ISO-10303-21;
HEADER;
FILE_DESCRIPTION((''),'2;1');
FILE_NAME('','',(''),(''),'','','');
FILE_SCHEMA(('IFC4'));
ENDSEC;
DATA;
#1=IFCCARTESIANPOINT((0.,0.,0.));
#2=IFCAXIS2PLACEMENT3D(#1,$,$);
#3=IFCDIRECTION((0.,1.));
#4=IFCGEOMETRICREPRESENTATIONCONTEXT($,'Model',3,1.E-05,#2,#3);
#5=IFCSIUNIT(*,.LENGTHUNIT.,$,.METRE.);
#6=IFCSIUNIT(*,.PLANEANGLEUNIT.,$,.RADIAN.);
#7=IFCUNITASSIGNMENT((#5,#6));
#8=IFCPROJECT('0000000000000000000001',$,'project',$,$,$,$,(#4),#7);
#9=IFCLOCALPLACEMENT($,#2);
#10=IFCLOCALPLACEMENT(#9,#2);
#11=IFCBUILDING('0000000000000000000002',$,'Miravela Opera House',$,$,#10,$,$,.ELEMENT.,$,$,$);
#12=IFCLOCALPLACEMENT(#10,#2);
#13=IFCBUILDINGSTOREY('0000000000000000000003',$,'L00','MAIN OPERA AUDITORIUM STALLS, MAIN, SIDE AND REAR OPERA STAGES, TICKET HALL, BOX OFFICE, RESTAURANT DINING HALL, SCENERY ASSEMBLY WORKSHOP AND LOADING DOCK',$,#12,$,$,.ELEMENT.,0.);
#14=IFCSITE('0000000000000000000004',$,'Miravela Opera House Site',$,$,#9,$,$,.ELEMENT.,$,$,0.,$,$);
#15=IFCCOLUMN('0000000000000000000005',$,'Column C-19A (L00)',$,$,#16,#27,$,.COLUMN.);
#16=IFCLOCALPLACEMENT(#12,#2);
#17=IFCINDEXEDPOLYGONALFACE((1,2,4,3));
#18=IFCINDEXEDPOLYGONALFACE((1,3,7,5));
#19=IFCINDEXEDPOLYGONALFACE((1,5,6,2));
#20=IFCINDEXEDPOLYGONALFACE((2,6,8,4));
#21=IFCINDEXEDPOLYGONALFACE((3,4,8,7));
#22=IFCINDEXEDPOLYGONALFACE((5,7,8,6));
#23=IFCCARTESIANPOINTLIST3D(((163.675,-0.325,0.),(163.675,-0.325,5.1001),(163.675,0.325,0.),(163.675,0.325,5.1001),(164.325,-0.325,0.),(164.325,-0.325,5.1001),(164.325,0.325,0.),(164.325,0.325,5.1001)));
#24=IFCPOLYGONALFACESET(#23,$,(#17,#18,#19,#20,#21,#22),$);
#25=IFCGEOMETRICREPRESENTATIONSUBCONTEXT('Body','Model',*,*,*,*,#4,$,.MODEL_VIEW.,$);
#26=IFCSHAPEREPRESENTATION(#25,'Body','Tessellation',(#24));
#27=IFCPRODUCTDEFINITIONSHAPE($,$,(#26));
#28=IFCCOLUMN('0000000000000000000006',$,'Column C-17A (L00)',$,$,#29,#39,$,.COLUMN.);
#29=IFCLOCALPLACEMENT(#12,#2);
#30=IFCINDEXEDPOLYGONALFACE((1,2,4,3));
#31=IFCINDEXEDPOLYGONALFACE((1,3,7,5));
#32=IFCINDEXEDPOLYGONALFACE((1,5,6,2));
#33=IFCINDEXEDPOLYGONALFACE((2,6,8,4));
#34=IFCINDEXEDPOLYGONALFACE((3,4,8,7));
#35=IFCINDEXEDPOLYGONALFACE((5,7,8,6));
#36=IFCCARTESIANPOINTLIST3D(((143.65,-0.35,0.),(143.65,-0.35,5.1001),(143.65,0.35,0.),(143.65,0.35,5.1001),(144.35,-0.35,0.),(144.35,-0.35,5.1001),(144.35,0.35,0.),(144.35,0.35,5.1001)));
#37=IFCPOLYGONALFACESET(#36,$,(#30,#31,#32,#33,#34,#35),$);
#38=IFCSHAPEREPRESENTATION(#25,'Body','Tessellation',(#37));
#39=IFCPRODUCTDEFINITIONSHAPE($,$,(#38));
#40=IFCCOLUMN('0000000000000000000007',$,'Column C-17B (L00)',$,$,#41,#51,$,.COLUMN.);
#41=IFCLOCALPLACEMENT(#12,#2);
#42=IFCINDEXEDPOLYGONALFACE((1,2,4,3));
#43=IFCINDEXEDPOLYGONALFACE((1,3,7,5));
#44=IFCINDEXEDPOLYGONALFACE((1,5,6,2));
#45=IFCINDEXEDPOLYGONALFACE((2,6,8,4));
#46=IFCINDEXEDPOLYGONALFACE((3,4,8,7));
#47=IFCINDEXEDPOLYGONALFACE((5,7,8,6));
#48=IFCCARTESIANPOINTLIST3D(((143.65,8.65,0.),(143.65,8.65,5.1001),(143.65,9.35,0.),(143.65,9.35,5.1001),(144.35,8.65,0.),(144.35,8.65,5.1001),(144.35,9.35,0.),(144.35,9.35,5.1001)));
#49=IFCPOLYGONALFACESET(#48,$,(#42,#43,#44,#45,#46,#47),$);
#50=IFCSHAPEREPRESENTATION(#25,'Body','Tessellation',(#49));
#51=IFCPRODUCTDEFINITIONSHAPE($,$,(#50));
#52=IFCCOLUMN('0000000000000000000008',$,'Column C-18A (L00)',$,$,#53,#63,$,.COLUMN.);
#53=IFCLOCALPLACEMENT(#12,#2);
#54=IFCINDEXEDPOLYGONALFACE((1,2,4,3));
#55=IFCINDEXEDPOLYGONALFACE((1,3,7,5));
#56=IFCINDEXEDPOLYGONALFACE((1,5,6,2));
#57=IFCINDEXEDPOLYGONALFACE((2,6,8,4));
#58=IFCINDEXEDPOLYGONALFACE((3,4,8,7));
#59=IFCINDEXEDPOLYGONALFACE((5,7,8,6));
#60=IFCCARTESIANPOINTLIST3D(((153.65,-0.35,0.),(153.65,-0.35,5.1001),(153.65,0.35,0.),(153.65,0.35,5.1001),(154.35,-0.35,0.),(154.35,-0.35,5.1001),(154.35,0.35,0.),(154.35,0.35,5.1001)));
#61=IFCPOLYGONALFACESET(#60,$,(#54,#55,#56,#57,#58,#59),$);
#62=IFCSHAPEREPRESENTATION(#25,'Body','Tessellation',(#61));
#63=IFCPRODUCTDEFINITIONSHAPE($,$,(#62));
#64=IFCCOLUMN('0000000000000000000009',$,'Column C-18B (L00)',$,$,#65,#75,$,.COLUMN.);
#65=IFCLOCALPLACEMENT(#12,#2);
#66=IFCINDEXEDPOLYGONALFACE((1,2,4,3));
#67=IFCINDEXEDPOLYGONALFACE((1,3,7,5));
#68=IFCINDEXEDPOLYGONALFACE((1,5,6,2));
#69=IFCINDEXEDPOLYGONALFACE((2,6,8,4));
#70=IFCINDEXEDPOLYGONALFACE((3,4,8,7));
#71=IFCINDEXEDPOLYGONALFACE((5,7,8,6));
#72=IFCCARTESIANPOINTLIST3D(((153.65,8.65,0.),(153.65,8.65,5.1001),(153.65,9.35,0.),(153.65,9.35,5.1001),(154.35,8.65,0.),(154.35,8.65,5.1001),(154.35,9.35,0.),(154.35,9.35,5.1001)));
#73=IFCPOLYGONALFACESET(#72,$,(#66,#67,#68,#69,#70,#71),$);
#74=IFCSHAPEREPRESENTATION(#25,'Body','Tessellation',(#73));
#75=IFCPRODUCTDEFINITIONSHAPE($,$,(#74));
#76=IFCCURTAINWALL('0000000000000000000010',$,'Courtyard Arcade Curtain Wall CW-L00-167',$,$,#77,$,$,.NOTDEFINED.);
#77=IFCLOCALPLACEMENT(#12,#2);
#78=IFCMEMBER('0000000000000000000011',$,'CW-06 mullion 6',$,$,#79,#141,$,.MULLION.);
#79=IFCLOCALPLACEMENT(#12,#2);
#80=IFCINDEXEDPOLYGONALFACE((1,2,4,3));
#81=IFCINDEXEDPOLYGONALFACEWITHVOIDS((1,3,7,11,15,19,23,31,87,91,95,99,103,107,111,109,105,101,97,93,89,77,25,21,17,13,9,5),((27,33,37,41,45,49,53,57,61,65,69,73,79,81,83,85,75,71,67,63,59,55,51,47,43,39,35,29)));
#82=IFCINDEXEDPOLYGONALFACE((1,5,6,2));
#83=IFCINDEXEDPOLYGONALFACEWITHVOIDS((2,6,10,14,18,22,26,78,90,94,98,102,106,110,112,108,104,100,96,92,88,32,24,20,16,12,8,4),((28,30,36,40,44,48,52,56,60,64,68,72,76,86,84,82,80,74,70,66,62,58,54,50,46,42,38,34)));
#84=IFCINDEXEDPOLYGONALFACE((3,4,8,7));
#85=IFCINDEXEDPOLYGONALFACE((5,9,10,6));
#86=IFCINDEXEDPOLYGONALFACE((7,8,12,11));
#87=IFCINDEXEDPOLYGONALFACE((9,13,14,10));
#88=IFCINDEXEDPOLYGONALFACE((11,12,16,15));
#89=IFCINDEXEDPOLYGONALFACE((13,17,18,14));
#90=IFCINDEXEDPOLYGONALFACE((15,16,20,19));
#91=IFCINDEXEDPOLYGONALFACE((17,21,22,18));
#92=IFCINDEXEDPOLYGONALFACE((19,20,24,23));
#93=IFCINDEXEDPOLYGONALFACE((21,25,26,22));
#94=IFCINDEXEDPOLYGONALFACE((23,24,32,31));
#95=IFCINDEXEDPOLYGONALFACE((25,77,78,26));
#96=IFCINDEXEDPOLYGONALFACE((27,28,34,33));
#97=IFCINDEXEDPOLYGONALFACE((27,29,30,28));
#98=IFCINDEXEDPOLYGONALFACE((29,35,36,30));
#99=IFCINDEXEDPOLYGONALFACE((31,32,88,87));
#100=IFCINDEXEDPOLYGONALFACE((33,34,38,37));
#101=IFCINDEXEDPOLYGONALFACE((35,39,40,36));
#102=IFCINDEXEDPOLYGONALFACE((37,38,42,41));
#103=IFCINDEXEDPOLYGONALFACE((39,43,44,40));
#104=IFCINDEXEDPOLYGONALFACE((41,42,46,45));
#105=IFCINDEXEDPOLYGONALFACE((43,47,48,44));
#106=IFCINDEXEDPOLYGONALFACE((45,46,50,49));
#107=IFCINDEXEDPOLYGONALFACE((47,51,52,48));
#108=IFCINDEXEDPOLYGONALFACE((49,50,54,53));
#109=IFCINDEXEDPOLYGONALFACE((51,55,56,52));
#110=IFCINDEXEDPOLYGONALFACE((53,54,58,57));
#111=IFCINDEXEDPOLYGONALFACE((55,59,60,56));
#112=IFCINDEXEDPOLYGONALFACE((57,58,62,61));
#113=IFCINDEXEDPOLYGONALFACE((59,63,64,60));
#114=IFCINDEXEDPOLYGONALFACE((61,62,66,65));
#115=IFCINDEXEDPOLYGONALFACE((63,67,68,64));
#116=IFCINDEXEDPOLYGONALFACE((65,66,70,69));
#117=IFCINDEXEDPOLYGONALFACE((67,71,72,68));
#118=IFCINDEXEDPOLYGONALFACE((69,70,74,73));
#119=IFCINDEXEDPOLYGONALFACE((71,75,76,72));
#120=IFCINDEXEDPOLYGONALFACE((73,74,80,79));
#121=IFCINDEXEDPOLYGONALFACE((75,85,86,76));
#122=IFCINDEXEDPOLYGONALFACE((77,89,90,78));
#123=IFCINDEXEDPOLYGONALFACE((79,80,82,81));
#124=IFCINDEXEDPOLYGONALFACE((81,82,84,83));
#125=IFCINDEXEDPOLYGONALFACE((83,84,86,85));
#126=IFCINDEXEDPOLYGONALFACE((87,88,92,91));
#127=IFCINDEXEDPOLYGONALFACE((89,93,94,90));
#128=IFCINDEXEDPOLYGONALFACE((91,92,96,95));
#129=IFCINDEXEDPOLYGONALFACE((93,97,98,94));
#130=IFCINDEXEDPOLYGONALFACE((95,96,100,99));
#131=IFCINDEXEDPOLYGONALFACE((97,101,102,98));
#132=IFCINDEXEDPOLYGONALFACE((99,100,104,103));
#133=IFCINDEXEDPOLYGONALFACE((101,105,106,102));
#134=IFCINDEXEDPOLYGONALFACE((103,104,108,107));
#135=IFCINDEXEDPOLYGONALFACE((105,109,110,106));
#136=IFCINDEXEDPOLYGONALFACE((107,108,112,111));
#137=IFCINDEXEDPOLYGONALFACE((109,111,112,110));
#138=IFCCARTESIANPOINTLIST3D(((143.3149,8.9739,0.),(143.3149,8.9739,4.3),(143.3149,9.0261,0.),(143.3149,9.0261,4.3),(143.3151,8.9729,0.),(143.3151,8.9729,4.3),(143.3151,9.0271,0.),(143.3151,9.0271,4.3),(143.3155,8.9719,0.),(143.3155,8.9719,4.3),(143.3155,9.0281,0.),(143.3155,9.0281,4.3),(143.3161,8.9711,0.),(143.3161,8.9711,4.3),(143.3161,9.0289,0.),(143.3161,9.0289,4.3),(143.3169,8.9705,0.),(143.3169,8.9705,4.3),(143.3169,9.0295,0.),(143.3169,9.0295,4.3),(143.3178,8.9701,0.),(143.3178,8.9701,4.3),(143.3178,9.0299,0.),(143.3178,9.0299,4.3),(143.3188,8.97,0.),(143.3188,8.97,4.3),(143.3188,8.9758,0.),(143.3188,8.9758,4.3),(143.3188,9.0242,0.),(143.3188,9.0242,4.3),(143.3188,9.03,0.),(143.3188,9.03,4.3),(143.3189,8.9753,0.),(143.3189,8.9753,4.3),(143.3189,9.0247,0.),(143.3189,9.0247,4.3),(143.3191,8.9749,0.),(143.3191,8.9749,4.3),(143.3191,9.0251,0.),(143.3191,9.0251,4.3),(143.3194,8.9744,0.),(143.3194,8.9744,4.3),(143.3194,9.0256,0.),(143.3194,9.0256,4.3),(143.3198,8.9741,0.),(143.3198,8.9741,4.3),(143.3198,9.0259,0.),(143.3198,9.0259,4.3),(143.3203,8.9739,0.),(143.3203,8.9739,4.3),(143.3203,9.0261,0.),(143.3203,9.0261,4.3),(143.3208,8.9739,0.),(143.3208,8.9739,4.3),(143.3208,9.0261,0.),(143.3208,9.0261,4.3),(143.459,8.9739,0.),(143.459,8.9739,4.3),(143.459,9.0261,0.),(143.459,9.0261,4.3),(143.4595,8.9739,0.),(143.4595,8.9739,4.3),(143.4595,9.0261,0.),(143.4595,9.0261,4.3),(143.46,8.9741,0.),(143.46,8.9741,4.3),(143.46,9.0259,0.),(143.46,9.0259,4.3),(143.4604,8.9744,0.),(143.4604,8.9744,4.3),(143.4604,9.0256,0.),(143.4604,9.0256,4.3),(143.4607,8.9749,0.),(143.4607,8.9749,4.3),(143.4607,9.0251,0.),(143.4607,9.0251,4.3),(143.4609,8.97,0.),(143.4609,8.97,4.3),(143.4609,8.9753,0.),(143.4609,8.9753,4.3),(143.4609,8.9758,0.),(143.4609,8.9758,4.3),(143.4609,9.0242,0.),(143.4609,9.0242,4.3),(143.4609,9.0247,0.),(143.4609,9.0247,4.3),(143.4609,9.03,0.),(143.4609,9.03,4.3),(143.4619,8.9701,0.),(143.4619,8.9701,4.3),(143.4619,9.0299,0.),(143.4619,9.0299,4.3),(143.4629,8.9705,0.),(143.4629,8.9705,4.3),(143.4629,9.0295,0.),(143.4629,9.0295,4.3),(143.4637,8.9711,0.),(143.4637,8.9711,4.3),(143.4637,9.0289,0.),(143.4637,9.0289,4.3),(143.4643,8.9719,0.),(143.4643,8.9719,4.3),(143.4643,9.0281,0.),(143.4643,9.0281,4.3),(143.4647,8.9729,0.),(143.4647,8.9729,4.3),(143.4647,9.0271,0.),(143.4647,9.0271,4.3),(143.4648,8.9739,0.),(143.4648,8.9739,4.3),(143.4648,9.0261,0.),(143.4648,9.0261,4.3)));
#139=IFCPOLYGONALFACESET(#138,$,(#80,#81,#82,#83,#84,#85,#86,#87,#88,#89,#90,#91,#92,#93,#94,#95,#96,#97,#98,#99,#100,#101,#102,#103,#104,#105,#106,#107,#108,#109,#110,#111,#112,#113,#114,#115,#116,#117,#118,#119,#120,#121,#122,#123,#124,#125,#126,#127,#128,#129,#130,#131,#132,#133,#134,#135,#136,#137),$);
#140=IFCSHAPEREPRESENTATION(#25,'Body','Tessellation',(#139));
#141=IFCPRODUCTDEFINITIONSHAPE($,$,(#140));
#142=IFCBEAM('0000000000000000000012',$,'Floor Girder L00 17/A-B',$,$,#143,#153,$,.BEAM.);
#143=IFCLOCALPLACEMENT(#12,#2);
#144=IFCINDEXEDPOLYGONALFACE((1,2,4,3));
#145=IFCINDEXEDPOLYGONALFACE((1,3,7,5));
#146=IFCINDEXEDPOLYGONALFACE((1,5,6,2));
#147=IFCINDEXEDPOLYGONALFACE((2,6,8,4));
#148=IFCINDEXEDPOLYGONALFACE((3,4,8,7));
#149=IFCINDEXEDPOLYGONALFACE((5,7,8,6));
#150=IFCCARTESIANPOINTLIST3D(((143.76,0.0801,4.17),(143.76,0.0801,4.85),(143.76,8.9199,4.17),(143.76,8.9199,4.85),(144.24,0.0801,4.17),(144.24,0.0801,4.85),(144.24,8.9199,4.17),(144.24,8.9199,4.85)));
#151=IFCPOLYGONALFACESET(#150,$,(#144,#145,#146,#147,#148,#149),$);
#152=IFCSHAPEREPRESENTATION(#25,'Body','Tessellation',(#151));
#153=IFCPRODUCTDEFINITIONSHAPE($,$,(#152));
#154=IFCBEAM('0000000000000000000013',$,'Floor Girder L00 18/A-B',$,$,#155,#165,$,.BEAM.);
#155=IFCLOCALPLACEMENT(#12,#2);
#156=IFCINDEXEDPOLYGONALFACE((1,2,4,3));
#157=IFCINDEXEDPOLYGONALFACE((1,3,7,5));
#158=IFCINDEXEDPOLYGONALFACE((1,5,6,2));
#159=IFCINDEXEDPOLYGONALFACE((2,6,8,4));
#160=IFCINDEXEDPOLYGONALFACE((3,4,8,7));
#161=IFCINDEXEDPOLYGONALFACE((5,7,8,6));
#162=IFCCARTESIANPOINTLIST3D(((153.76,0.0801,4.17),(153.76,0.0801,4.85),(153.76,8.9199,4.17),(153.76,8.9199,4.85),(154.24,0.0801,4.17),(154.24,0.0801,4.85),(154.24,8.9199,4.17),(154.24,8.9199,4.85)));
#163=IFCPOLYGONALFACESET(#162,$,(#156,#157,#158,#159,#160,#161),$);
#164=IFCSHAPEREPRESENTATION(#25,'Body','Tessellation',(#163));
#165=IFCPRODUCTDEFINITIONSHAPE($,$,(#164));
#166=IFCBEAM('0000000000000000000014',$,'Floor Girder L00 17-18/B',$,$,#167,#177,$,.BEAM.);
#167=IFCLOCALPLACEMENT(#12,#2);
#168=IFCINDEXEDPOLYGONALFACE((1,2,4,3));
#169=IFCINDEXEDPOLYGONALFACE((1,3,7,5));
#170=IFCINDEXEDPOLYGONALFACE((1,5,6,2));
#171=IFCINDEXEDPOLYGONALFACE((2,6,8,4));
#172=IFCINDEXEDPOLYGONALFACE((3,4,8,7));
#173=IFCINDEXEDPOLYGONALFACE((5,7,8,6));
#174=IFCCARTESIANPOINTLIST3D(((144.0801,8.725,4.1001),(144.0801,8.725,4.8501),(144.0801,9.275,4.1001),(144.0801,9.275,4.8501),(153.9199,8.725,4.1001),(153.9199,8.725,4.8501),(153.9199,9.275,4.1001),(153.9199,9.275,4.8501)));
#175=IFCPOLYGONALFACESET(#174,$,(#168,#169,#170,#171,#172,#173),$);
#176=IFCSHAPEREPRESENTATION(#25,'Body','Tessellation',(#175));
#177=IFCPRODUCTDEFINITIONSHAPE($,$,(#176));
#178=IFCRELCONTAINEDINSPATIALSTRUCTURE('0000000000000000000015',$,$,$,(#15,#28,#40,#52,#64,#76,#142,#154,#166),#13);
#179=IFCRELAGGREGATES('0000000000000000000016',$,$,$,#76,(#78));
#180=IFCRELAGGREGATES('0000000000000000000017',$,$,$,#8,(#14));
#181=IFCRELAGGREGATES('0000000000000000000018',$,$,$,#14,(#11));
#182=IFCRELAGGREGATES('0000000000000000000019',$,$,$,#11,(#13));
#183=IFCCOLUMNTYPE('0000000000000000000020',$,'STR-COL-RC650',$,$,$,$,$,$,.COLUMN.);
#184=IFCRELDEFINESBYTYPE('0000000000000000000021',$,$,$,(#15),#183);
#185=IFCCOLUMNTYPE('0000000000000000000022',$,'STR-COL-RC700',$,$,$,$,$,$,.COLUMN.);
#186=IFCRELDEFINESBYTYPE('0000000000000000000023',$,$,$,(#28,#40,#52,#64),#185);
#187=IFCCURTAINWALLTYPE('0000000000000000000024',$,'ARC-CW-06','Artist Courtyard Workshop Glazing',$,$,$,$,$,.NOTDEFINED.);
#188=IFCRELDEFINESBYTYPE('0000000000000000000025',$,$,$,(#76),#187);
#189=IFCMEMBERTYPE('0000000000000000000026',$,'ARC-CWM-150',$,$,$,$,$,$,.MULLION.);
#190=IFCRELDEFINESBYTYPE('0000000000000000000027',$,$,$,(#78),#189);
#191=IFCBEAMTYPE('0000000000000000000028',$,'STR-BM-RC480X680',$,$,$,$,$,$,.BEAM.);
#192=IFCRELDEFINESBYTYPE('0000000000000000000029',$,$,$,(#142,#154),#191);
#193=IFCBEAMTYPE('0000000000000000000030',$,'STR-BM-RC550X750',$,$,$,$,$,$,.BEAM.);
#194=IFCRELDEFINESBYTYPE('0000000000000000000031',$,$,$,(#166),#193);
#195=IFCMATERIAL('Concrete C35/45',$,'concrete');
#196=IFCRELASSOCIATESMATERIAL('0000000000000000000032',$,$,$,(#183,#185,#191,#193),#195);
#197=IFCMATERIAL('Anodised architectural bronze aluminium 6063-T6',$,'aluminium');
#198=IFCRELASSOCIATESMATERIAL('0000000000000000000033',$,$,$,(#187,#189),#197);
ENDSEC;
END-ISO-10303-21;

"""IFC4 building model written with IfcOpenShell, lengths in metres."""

from ifc_helpers import new_model, si_unit, direction, frame, origin, origin_2d, place, context, subcontext, project, spatial, rectangle, hollow_rectangle, extrude, material, material_profile, profile_set, type_object, element, aggregate, save


model = new_model("IFC4")

# Units and contexts
model_context = context("Model", 3, precision=1e-05, world=origin(), true_north=direction((0.0, 1.0)))
body_context = subcontext(model_context, "Body", "Model", "MODEL_VIEW")
ifc_project = project(units=[si_unit("LENGTHUNIT", "METRE"), si_unit("PLANEANGLEUNIT", "RADIAN")], contexts=[model_context])

# Site, building, storey
site_placement = place(None, origin())
site = spatial("IfcSite", under=ifc_project, at=site_placement, Name="Miravela Opera House Site", CompositionType="ELEMENT", RefElevation=0.0)
building_placement = place(site_placement, origin())
building = spatial("IfcBuilding", under=site, at=building_placement, Name="Miravela Opera House", CompositionType="ELEMENT")
storey_placement = place(building_placement, origin())
storey = spatial("IfcBuildingStorey", under=building, at=storey_placement, Name="L00", Description="MAIN OPERA AUDITORIUM STALLS, MAIN, SIDE AND REAR OPERA STAGES, TICKET HALL, BOX OFFICE, RESTAURANT DINING HALL, SCENERY ASSEMBLY WORKSHOP AND LOADING DOCK", CompositionType="ELEMENT", Elevation=0.0)

# Columns
ifc_material_1 = material(Name="Concrete C35/45", Category="concrete")
ifc_material_profile_1 = material_profile(ifc_material_1, rectangle(XDim=0.6499, YDim=0.6499, at=origin_2d()), Name="RC-COL-650X650")
ifc_profile_set_1 = profile_set([ifc_material_profile_1])
column_type_1 = type_object("IfcColumnType", Name="STR-COL-RC650", PredefinedType="COLUMN", material=ifc_profile_set_1)
column_placement = place(storey_placement, frame((164.0, 0.0, 0.0), z_axis=(0.0, 0.0, 1.0), x_axis=(1.0, 0.0, 0.0)))
element("IfcColumn", 1, at=column_placement, inside=storey, type_object=column_type_1, Name="Column C-19A (L00)", PredefinedType="COLUMN", context=body_context, shape_type="SweptSolid", body=[
    extrude(rectangle(XDim=0.6499, YDim=0.6499, at=origin_2d()), origin(), (0.0, 0.0, 1.0), 5.1001),
])
ifc_material_profile_2 = material_profile(ifc_material_1, rectangle(XDim=0.7, YDim=0.7, at=origin_2d()), Name="RC-COL-700X700")
ifc_profile_set_2 = profile_set([ifc_material_profile_2])
column_type_2 = type_object("IfcColumnType", Name="STR-COL-RC700", PredefinedType="COLUMN", material=ifc_profile_set_2)
for number, where, z_axis, x_axis, name in (
    (2, (144.0, 0.0, 0.0), (0.0, 0.0, 1.0), (1.0, 0.0, 0.0), "Column C-17A (L00)"),
    (3, (144.0, 9.0, 0.0), (0.0, 0.0, 1.0), (1.0, 0.0, 0.0), "Column C-17B (L00)"),
    (4, (154.0, 0.0, 0.0), (0.0, 0.0, 1.0), (1.0, 0.0, 0.0), "Column C-18A (L00)"),
    (5, (154.0, 9.0, 0.0), (0.0, 0.0, 1.0), (1.0, 0.0, 0.0), "Column C-18B (L00)"),
):
    element("IfcColumn", number, at=place(storey_placement, frame(where, z_axis=z_axis, x_axis=x_axis)), inside=storey, type_object=column_type_2, Name=name, PredefinedType="COLUMN", context=body_context, shape_type="SweptSolid", body=[
        extrude(rectangle(XDim=0.7, YDim=0.7, at=origin_2d()), origin(), (0.0, 0.0, 1.0), 5.1001),
    ])

# Curtain wall, member
ifc_material_2 = material(Name="Anodised architectural bronze aluminium 6063-T6", Category="aluminium")
curtain_wall_type = type_object("IfcCurtainWallType", Name="ARC-CW-06", Description="Artist Courtyard Workshop Glazing", PredefinedType="NOTDEFINED", material=ifc_material_2)
curtain_wall_placement = place(storey_placement, origin())
curtain_wall = element("IfcCurtainWall", 6, at=curtain_wall_placement, inside=storey, type_object=curtain_wall_type, Name="Courtyard Arcade Curtain Wall CW-L00-167", PredefinedType="NOTDEFINED")
ifc_material_profile_3 = material_profile(ifc_material_2, hollow_rectangle(XDim=0.0601, YDim=0.1499, WallThickness=0.0039, InnerFilletRadius=0.002, OuterFilletRadius=0.0039, at=origin_2d()), Name="CWM-60X150")
ifc_profile_set_3 = profile_set([ifc_material_profile_3])
member_type = type_object("IfcMemberType", Name="ARC-CWM-150", PredefinedType="MULLION", material=ifc_profile_set_3)
member_placement = place(storey_placement, frame((143.3899, 9.0, 0.0), z_axis=(0.0, 0.0, 1.0), x_axis=(0.0, 1.0, 0.0)))
member = element("IfcMember", 7, at=member_placement, type_object=member_type, Name="CW-06 mullion 6", PredefinedType="MULLION", context=body_context, shape_type="SweptSolid", body=[
    extrude(hollow_rectangle(XDim=0.0601, YDim=0.1499, WallThickness=0.0039, InnerFilletRadius=0.002, OuterFilletRadius=0.0039, at=origin_2d()), origin(), (0.0, 0.0, 1.0), 4.3),
])

# Beams
ifc_material_profile_4 = material_profile(ifc_material_1, rectangle(XDim=0.48, YDim=0.6799, at=origin_2d()), Name="RC-BM-480X680")
ifc_profile_set_4 = profile_set([ifc_material_profile_4])
beam_type_1 = type_object("IfcBeamType", Name="STR-BM-RC480X680", PredefinedType="BEAM", material=ifc_profile_set_4)
for number, where, z_axis, x_axis, name in (
    (8, (144.0, 0.0801, 4.51), (0.0, 1.0, 0.0), (-1.0, 0.0, 0.0), "Floor Girder L00 17/A-B"),
    (9, (154.0, 0.0801, 4.51), (0.0, 1.0, 0.0), (-1.0, 0.0, 0.0), "Floor Girder L00 18/A-B"),
):
    element("IfcBeam", number, at=place(storey_placement, frame(where, z_axis=z_axis, x_axis=x_axis)), inside=storey, type_object=beam_type_1, Name=name, PredefinedType="BEAM", context=body_context, shape_type="SweptSolid", body=[
        extrude(rectangle(XDim=0.48, YDim=0.6799, at=origin_2d()), origin(), (0.0, 0.0, 1.0), 8.8398),
    ])
ifc_material_profile_5 = material_profile(ifc_material_1, rectangle(XDim=0.55, YDim=0.75, at=origin_2d()), Name="RC-BM-550X750")
ifc_profile_set_5 = profile_set([ifc_material_profile_5])
beam_type_2 = type_object("IfcBeamType", Name="STR-BM-RC550X750", PredefinedType="BEAM", material=ifc_profile_set_5)
beam_1_placement = place(storey_placement, frame((144.0801, 9.0, 4.4751), z_axis=(1.0, 0.0, 0.0), x_axis=(0.0, 1.0, 0.0)))
element("IfcBeam", 10, at=beam_1_placement, inside=storey, type_object=beam_type_2, Name="Floor Girder L00 17-18/B", PredefinedType="BEAM", context=body_context, shape_type="SweptSolid", body=[
    extrude(rectangle(XDim=0.55, YDim=0.75, at=origin_2d()), origin(), (0.0, 0.0, 1.0), 9.8398),
])

aggregate(curtain_wall, [member])

save(model, "model.ifc")
